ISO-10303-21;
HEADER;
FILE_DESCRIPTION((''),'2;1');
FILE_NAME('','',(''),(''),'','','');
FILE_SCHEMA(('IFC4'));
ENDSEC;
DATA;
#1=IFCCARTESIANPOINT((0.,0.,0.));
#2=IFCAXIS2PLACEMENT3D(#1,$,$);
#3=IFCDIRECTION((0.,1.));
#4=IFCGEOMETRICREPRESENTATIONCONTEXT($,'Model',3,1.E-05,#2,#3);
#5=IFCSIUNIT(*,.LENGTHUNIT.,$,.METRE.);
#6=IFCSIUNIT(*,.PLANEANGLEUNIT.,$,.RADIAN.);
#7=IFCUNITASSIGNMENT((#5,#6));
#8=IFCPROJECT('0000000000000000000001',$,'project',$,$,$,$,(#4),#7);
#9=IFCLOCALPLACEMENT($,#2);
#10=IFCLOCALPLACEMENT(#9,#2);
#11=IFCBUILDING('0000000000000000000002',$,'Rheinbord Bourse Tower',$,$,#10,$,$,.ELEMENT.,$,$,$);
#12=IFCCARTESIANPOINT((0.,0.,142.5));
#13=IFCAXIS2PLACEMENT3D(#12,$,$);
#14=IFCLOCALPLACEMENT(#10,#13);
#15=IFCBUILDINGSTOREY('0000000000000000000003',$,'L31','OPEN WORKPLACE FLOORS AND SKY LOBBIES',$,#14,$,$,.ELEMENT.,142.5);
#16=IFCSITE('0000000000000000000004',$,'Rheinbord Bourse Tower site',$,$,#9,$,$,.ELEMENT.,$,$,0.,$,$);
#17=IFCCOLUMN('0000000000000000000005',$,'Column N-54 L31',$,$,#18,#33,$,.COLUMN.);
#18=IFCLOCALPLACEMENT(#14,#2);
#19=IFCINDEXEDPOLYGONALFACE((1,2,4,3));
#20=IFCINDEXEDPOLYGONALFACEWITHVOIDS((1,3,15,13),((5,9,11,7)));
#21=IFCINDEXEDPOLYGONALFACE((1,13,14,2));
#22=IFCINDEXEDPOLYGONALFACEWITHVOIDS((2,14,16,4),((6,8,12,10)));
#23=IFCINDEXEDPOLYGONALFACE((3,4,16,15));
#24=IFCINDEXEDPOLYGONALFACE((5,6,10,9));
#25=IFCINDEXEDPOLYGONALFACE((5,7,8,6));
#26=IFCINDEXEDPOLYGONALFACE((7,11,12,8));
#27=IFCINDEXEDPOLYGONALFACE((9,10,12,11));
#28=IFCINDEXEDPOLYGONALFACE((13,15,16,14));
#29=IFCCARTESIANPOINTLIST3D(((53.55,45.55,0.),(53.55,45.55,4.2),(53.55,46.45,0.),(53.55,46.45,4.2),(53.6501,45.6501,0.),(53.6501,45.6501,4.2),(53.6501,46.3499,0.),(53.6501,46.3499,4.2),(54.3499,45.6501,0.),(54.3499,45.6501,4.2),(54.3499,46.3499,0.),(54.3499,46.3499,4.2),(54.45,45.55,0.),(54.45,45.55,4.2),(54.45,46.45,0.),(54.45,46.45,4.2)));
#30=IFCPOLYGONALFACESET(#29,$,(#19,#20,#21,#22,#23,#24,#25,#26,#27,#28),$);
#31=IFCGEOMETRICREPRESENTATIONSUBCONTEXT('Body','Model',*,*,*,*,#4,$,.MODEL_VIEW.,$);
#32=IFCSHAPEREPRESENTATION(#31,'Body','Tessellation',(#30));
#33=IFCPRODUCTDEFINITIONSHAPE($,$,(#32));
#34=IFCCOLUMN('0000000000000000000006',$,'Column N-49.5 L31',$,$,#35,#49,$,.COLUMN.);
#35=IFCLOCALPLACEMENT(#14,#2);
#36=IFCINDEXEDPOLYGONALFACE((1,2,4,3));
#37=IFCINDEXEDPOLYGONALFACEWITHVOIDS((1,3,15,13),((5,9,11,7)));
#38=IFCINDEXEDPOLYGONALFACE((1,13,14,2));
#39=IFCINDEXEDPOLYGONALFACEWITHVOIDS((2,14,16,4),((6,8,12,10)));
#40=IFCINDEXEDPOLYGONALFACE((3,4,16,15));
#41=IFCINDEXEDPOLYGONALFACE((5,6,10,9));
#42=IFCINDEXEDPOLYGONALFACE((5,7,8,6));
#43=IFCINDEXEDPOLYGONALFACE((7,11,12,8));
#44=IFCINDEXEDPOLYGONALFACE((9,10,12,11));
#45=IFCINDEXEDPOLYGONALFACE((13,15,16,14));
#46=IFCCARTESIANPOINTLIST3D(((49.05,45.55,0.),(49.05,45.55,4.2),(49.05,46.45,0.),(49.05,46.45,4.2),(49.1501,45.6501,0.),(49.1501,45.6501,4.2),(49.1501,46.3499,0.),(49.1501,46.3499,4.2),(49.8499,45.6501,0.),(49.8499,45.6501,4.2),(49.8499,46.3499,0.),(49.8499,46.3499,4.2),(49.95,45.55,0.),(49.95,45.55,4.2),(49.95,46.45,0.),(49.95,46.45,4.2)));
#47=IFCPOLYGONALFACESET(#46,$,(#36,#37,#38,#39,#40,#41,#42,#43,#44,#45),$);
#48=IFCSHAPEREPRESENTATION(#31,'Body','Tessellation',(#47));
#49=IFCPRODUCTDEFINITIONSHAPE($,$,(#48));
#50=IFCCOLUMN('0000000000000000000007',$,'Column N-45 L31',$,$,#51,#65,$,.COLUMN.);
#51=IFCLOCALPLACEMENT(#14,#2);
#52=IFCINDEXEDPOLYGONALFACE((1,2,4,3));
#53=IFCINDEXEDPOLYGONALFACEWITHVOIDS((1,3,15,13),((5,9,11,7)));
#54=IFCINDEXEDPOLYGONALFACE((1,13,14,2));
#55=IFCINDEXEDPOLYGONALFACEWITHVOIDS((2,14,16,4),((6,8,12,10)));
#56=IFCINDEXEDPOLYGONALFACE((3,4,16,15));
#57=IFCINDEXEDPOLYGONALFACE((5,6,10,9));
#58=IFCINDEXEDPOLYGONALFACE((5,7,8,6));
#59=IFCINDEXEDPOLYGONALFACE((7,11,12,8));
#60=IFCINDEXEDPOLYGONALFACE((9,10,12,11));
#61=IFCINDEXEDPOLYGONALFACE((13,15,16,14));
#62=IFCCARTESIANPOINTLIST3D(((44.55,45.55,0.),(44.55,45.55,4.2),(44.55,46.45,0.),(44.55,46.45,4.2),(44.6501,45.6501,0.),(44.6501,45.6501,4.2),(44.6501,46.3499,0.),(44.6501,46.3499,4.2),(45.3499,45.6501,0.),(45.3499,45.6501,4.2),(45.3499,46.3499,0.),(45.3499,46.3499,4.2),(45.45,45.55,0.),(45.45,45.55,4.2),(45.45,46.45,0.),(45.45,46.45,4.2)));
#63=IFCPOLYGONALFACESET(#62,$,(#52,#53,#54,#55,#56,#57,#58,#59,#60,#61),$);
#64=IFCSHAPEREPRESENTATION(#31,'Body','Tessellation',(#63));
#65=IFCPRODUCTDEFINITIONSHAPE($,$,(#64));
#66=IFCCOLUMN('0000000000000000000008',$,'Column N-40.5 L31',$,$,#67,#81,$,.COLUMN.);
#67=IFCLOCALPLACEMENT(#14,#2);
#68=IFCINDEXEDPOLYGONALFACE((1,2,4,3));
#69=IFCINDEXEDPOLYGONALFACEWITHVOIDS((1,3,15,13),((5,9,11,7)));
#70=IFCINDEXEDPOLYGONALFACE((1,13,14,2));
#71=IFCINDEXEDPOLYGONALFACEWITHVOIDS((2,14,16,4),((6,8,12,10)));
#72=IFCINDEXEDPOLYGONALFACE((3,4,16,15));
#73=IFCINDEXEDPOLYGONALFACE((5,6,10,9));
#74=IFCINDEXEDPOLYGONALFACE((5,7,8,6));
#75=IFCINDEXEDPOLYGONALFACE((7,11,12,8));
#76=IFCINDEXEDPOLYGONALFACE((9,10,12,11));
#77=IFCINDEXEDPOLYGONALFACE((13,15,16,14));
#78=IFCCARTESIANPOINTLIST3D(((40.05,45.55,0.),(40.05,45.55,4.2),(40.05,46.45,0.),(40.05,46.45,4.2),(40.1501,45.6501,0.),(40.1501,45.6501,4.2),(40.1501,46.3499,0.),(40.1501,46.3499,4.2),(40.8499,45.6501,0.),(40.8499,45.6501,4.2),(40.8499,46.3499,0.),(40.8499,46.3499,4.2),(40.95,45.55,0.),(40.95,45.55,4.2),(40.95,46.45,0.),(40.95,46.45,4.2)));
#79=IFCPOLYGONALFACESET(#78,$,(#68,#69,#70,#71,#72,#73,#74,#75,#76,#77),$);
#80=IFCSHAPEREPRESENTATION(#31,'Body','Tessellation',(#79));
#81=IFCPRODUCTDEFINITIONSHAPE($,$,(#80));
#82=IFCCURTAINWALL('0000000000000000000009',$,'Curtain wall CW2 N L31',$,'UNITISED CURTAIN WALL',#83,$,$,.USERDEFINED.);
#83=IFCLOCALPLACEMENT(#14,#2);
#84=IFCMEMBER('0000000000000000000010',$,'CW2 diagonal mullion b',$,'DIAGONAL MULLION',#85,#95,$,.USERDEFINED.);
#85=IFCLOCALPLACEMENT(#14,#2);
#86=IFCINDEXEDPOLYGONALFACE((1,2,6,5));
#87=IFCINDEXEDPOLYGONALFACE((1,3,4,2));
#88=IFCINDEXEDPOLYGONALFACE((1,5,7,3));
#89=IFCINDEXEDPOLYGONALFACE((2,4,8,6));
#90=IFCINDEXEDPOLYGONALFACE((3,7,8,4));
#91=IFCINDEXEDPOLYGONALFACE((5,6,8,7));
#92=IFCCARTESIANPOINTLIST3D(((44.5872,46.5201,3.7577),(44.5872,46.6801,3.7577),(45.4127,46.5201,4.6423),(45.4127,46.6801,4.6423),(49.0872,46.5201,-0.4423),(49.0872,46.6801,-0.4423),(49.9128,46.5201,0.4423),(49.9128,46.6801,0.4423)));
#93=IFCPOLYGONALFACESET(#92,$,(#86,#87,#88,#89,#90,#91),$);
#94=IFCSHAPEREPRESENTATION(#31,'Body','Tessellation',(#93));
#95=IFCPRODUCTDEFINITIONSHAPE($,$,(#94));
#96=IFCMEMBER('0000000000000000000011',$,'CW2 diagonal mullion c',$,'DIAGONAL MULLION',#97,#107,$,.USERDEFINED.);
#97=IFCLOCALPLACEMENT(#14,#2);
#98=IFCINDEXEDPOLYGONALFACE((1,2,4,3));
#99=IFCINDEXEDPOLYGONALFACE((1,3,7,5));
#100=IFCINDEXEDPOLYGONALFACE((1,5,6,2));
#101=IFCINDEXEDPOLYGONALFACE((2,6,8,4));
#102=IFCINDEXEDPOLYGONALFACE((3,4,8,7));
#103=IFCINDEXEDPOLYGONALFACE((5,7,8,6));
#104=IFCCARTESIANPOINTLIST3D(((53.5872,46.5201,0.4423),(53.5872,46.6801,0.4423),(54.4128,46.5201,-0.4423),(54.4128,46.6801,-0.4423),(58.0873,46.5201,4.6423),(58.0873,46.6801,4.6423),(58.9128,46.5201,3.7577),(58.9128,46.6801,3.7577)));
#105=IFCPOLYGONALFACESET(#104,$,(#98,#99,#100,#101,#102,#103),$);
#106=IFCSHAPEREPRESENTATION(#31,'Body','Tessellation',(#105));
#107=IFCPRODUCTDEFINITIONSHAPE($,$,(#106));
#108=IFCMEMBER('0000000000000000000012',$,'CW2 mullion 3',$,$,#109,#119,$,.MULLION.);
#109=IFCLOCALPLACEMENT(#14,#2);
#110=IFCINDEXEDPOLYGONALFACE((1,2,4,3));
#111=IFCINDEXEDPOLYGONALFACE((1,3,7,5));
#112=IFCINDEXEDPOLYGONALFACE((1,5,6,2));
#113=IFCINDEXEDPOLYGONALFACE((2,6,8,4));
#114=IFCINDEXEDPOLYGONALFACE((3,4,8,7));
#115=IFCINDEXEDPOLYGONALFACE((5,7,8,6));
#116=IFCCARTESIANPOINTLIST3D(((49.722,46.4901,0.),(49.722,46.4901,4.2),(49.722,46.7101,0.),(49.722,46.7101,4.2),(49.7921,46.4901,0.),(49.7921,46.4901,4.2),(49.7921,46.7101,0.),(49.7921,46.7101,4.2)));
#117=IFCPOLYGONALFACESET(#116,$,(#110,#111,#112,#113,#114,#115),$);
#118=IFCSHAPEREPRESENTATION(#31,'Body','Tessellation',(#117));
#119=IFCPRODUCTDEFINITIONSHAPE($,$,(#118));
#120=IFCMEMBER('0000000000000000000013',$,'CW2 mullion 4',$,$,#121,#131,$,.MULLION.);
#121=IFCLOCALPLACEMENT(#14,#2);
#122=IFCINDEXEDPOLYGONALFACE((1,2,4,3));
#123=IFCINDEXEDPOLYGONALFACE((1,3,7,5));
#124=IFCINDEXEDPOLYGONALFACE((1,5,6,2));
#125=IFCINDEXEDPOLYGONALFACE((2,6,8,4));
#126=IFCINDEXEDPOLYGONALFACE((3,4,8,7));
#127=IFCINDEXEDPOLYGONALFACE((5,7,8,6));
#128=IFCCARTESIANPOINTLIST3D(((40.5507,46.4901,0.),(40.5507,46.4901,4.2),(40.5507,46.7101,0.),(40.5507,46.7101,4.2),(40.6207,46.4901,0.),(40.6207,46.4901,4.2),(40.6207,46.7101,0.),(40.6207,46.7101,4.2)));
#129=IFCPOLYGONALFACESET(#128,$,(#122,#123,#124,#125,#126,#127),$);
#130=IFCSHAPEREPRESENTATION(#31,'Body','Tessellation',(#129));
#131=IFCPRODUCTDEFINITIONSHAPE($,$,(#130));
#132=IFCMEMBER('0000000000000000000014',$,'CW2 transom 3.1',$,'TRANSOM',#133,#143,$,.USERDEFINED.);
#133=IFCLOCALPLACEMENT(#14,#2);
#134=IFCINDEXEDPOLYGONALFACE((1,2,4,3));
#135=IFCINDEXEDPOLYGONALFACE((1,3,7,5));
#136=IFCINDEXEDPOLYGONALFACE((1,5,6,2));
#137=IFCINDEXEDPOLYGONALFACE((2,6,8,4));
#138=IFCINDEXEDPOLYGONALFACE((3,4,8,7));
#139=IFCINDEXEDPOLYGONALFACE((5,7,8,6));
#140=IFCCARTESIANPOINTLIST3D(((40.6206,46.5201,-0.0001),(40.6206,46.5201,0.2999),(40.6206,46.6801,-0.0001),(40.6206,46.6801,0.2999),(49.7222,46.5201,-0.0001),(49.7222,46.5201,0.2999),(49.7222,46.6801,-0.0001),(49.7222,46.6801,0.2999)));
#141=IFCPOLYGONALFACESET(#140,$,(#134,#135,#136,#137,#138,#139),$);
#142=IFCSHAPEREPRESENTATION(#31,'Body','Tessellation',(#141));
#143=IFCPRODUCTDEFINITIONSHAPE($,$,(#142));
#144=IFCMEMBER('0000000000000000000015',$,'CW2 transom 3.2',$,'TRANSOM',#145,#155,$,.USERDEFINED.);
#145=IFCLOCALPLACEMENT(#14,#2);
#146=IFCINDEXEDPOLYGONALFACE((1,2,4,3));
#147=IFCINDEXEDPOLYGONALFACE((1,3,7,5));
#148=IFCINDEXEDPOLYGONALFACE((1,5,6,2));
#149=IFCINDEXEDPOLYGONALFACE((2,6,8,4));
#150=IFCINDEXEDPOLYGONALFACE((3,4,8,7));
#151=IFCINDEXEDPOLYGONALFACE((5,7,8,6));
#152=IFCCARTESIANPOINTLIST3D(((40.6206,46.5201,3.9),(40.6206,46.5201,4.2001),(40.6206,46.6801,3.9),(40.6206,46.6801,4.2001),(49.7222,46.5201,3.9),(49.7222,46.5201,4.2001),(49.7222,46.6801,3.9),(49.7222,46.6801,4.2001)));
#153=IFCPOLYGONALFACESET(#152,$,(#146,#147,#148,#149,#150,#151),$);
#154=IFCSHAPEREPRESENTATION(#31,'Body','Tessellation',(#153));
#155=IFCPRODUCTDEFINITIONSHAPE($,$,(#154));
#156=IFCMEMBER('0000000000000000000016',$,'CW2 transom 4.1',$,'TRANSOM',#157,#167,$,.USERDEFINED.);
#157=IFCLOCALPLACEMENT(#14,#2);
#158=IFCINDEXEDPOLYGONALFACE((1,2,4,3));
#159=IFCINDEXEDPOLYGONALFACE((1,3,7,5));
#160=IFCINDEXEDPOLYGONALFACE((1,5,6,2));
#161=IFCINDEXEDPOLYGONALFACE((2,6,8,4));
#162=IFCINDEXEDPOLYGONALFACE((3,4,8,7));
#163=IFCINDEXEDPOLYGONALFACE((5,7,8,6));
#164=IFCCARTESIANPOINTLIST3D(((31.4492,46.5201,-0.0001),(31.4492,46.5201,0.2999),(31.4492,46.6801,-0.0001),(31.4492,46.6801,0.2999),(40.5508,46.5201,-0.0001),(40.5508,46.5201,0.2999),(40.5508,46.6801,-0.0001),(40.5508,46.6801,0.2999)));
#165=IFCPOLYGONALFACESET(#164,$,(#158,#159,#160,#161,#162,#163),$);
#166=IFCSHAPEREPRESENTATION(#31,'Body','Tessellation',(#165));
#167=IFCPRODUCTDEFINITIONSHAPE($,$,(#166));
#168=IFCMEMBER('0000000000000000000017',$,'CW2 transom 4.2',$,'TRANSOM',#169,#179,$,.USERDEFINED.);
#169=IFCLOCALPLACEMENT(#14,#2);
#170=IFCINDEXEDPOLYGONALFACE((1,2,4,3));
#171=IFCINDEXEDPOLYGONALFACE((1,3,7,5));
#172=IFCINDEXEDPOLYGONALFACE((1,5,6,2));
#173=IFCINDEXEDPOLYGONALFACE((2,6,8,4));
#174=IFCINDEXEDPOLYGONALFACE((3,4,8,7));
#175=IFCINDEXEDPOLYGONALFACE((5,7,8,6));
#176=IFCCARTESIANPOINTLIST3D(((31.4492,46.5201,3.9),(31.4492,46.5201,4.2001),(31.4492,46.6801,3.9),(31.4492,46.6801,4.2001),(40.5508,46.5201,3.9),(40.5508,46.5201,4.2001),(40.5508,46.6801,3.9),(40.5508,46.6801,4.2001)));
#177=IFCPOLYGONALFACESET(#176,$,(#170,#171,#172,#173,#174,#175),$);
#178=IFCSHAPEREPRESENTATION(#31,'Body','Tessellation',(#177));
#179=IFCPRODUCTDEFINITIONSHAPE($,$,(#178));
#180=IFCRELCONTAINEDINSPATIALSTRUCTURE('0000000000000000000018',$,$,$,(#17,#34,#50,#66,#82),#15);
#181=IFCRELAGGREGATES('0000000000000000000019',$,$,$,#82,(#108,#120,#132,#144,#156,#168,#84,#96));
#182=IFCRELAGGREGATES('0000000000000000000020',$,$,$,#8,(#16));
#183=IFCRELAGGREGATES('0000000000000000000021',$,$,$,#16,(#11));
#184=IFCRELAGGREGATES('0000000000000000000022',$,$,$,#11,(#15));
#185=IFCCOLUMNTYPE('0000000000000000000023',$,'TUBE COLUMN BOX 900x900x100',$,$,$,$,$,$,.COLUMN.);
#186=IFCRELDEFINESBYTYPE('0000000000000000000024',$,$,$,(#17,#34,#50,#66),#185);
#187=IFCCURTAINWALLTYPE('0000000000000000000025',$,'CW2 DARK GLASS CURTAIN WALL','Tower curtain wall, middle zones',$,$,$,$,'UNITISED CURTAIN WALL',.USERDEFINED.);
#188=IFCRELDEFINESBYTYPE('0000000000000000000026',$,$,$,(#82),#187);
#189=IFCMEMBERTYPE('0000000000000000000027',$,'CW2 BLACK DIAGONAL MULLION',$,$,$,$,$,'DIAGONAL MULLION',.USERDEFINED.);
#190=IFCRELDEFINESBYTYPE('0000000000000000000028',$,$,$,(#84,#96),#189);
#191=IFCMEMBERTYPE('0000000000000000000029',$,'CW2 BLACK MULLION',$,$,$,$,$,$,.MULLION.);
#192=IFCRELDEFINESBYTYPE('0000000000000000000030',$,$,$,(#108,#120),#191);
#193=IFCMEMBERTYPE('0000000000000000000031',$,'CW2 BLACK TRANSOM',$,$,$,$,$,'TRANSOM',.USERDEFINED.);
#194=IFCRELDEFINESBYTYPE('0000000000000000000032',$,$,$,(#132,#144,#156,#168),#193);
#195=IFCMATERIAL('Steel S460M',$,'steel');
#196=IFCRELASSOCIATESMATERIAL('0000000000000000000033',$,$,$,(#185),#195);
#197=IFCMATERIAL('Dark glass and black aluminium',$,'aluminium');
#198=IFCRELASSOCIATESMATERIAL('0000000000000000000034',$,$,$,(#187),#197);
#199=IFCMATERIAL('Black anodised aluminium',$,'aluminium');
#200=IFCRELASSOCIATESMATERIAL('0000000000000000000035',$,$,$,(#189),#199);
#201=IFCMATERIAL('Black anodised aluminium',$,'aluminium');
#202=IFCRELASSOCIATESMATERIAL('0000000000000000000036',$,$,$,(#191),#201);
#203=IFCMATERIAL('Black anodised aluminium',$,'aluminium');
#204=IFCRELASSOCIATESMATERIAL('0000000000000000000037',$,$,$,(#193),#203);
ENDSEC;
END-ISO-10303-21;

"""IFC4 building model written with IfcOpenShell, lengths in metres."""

from ifc_helpers import new_model, si_unit, direction, frame, origin, origin_2d, place, context, subcontext, project, spatial, rectangle, hollow_rectangle, extrude, material, material_profile, profile_set, type_object, element, aggregate, save


model = new_model("IFC4")

# Units and contexts
model_context = context("Model", 3, precision=1e-05, world=origin(), true_north=direction((0.0, 1.0)))
body_context = subcontext(model_context, "Body", "Model", "MODEL_VIEW")
ifc_project = project(units=[si_unit("LENGTHUNIT", "METRE"), si_unit("PLANEANGLEUNIT", "RADIAN")], contexts=[model_context])

# Site, building, storey
site_placement = place(None, origin())
site = spatial("IfcSite", under=ifc_project, at=site_placement, Name="Rheinbord Bourse Tower site", CompositionType="ELEMENT", RefElevation=0.0)
building_placement = place(site_placement, origin())
building = spatial("IfcBuilding", under=site, at=building_placement, Name="Rheinbord Bourse Tower", CompositionType="ELEMENT")
storey_placement = place(building_placement, frame((0.0, 0.0, 142.5)))
storey = spatial("IfcBuildingStorey", under=building, at=storey_placement, Name="L31", Description="OPEN WORKPLACE FLOORS AND SKY LOBBIES", CompositionType="ELEMENT", Elevation=142.5)

# Columns
ifc_material_1 = material(Name="Steel S460M", Category="steel")
ifc_material_profile_1 = material_profile(ifc_material_1, hollow_rectangle(XDim=0.8999, YDim=0.8999, WallThickness=0.1001, at=origin_2d()), Name="BOX 900x900x100")
ifc_profile_set_1 = profile_set([ifc_material_profile_1], Name="Steel S460M")
column_type = type_object("IfcColumnType", Name="TUBE COLUMN BOX 900x900x100", PredefinedType="COLUMN", material=ifc_profile_set_1)
for number, where, z_axis, x_axis, name in (
    (1, (54.0, 46.0, 0.0), (0.0, 0.0, 1.0), (0.0, 1.0, 0.0), "Column N-54 L31"),
    (2, (49.5, 46.0, 0.0), (0.0, 0.0, 1.0), (0.0, 1.0, 0.0), "Column N-49.5 L31"),
    (3, (45.0, 46.0, 0.0), (0.0, 0.0, 1.0), (0.0, 1.0, 0.0), "Column N-45 L31"),
    (4, (40.5, 46.0, 0.0), (0.0, 0.0, 1.0), (0.0, 1.0, 0.0), "Column N-40.5 L31"),
):
    element("IfcColumn", number, at=place(storey_placement, frame(where, z_axis=z_axis, x_axis=x_axis)), inside=storey, type_object=column_type, Name=name, PredefinedType="COLUMN", context=body_context, shape_type="SweptSolid", body=[
        extrude(hollow_rectangle(XDim=0.8999, YDim=0.8999, WallThickness=0.1001, at=origin_2d()), origin(), (0.0, 0.0, 1.0), 4.2),
    ])

# Curtain wall, members
ifc_material_2 = material(Name="Dark glass and black aluminium", Category="aluminium")
curtain_wall_type = type_object("IfcCurtainWallType", Name="CW2 DARK GLASS CURTAIN WALL", Description="Tower curtain wall, middle zones", ElementType="UNITISED CURTAIN WALL", PredefinedType="USERDEFINED", material=ifc_material_2)
curtain_wall_placement = place(storey_placement, origin())
curtain_wall = element("IfcCurtainWall", 5, at=curtain_wall_placement, inside=storey, type_object=curtain_wall_type, Name="Curtain wall CW2 N L31", ObjectType="UNITISED CURTAIN WALL", PredefinedType="USERDEFINED")
ifc_material_3 = material(Name="Black anodised aluminium", Category="aluminium")
ifc_material_profile_2 = material_profile(ifc_material_3, rectangle(XDim=0.1599, YDim=1.21, at=origin_2d()), Name="CW2 DIAGONAL MULLION 1210x160")
ifc_profile_set_2 = profile_set([ifc_material_profile_2], Name="Black anodised aluminium")
member_type_1 = type_object("IfcMemberType", Name="CW2 BLACK DIAGONAL MULLION", ElementType="DIAGONAL MULLION", PredefinedType="USERDEFINED", material=ifc_profile_set_2)
member_1_placement = place(storey_placement, frame((49.5, 46.6001, 0.0), z_axis=(-0.731059, 0.0, 0.682314), x_axis=(0.0, -1.0, 0.0)))
member_1 = element("IfcMember", 6, at=member_1_placement, type_object=member_type_1, Name="CW2 diagonal mullion b", ObjectType="DIAGONAL MULLION", PredefinedType="USERDEFINED", context=body_context, shape_type="SweptSolid", body=[
    extrude(rectangle(XDim=0.1599, YDim=1.21, at=origin_2d()), origin(), (0.0, 0.0, 1.0), 6.1555),
])
member_2_placement = place(storey_placement, frame((54.0, 46.6001, 0.0), z_axis=(0.731059, 0.0, 0.682314), x_axis=(0.0, 1.0, 0.0)))
member_2 = element("IfcMember", 7, at=member_2_placement, type_object=member_type_1, Name="CW2 diagonal mullion c", ObjectType="DIAGONAL MULLION", PredefinedType="USERDEFINED", context=body_context, shape_type="SweptSolid", body=[
    extrude(rectangle(XDim=0.1599, YDim=1.21, at=origin_2d()), origin(), (0.0, 0.0, 1.0), 6.1555),
])
ifc_material_4 = material(Name="Black anodised aluminium", Category="aluminium")
ifc_material_profile_3 = material_profile(ifc_material_4, rectangle(XDim=0.22, YDim=0.0701, at=origin_2d()), Name="CW2 MULLION 70x220")
ifc_profile_set_3 = profile_set([ifc_material_profile_3], Name="Black anodised aluminium")
member_type_2 = type_object("IfcMemberType", Name="CW2 BLACK MULLION", PredefinedType="MULLION", material=ifc_profile_set_3)
member_3_placement = place(storey_placement, frame((49.7571, 46.6001, 0.0), z_axis=(0.0, 0.0, 1.0), x_axis=(0.0, -1.0, 0.0)))
member_3 = element("IfcMember", 8, at=member_3_placement, type_object=member_type_2, Name="CW2 mullion 3", PredefinedType="MULLION", context=body_context, shape_type="SweptSolid", body=[
    extrude(rectangle(XDim=0.22, YDim=0.0701, at=origin_2d()), origin(), (0.0, 0.0, 1.0), 4.2),
])
member_4_placement = place(storey_placement, frame((40.5857, 46.6001, 0.0), z_axis=(0.0, 0.0, 1.0), x_axis=(0.0, -1.0, 0.0)))
member_4 = element("IfcMember", 9, at=member_4_placement, type_object=member_type_2, Name="CW2 mullion 4", PredefinedType="MULLION", context=body_context, shape_type="SweptSolid", body=[
    extrude(rectangle(XDim=0.22, YDim=0.0701, at=origin_2d()), origin(), (0.0, 0.0, 1.0), 4.2),
])
ifc_material_5 = material(Name="Black anodised aluminium", Category="aluminium")
ifc_material_profile_4 = material_profile(ifc_material_5, rectangle(XDim=0.1599, YDim=0.3, at=origin_2d()), Name="CW2 TRANSOM 300x160")
ifc_profile_set_4 = profile_set([ifc_material_profile_4], Name="Black anodised aluminium")
member_type_3 = type_object("IfcMemberType", Name="CW2 BLACK TRANSOM", ElementType="TRANSOM", PredefinedType="USERDEFINED", material=ifc_profile_set_4)
member_5_placement = place(storey_placement, frame((49.7222, 46.6001, 0.1499), z_axis=(-1.0, 0.0, 0.0), x_axis=(0.0, -1.0, 0.0)))
member_5 = element("IfcMember", 10, at=member_5_placement, type_object=member_type_3, Name="CW2 transom 3.1", ObjectType="TRANSOM", PredefinedType="USERDEFINED", context=body_context, shape_type="SweptSolid", body=[
    extrude(rectangle(XDim=0.1599, YDim=0.3, at=origin_2d()), origin(), (0.0, 0.0, 1.0), 9.1016),
])
member_6_placement = place(storey_placement, frame((49.7222, 46.6001, 4.05), z_axis=(-1.0, 0.0, 0.0), x_axis=(0.0, -1.0, 0.0)))
member_6 = element("IfcMember", 11, at=member_6_placement, type_object=member_type_3, Name="CW2 transom 3.2", ObjectType="TRANSOM", PredefinedType="USERDEFINED", context=body_context, shape_type="SweptSolid", body=[
    extrude(rectangle(XDim=0.1599, YDim=0.3, at=origin_2d()), origin(), (0.0, 0.0, 1.0), 9.1016),
])
member_7_placement = place(storey_placement, frame((40.5508, 46.6001, 0.1499), z_axis=(-1.0, 0.0, 0.0), x_axis=(0.0, -1.0, 0.0)))
member_7 = element("IfcMember", 12, at=member_7_placement, type_object=member_type_3, Name="CW2 transom 4.1", ObjectType="TRANSOM", PredefinedType="USERDEFINED", context=body_context, shape_type="SweptSolid", body=[
    extrude(rectangle(XDim=0.1599, YDim=0.3, at=origin_2d()), origin(), (0.0, 0.0, 1.0), 9.1016),
])
member_8_placement = place(storey_placement, frame((40.5508, 46.6001, 4.05), z_axis=(-1.0, 0.0, 0.0), x_axis=(0.0, -1.0, 0.0)))
member_8 = element("IfcMember", 13, at=member_8_placement, type_object=member_type_3, Name="CW2 transom 4.2", ObjectType="TRANSOM", PredefinedType="USERDEFINED", context=body_context, shape_type="SweptSolid", body=[
    extrude(rectangle(XDim=0.1599, YDim=0.3, at=origin_2d()), origin(), (0.0, 0.0, 1.0), 9.1016),
])

aggregate(curtain_wall, [member_3, member_4, member_5, member_6, member_7, member_8, member_1, member_2])

save(model, "model.ifc")
